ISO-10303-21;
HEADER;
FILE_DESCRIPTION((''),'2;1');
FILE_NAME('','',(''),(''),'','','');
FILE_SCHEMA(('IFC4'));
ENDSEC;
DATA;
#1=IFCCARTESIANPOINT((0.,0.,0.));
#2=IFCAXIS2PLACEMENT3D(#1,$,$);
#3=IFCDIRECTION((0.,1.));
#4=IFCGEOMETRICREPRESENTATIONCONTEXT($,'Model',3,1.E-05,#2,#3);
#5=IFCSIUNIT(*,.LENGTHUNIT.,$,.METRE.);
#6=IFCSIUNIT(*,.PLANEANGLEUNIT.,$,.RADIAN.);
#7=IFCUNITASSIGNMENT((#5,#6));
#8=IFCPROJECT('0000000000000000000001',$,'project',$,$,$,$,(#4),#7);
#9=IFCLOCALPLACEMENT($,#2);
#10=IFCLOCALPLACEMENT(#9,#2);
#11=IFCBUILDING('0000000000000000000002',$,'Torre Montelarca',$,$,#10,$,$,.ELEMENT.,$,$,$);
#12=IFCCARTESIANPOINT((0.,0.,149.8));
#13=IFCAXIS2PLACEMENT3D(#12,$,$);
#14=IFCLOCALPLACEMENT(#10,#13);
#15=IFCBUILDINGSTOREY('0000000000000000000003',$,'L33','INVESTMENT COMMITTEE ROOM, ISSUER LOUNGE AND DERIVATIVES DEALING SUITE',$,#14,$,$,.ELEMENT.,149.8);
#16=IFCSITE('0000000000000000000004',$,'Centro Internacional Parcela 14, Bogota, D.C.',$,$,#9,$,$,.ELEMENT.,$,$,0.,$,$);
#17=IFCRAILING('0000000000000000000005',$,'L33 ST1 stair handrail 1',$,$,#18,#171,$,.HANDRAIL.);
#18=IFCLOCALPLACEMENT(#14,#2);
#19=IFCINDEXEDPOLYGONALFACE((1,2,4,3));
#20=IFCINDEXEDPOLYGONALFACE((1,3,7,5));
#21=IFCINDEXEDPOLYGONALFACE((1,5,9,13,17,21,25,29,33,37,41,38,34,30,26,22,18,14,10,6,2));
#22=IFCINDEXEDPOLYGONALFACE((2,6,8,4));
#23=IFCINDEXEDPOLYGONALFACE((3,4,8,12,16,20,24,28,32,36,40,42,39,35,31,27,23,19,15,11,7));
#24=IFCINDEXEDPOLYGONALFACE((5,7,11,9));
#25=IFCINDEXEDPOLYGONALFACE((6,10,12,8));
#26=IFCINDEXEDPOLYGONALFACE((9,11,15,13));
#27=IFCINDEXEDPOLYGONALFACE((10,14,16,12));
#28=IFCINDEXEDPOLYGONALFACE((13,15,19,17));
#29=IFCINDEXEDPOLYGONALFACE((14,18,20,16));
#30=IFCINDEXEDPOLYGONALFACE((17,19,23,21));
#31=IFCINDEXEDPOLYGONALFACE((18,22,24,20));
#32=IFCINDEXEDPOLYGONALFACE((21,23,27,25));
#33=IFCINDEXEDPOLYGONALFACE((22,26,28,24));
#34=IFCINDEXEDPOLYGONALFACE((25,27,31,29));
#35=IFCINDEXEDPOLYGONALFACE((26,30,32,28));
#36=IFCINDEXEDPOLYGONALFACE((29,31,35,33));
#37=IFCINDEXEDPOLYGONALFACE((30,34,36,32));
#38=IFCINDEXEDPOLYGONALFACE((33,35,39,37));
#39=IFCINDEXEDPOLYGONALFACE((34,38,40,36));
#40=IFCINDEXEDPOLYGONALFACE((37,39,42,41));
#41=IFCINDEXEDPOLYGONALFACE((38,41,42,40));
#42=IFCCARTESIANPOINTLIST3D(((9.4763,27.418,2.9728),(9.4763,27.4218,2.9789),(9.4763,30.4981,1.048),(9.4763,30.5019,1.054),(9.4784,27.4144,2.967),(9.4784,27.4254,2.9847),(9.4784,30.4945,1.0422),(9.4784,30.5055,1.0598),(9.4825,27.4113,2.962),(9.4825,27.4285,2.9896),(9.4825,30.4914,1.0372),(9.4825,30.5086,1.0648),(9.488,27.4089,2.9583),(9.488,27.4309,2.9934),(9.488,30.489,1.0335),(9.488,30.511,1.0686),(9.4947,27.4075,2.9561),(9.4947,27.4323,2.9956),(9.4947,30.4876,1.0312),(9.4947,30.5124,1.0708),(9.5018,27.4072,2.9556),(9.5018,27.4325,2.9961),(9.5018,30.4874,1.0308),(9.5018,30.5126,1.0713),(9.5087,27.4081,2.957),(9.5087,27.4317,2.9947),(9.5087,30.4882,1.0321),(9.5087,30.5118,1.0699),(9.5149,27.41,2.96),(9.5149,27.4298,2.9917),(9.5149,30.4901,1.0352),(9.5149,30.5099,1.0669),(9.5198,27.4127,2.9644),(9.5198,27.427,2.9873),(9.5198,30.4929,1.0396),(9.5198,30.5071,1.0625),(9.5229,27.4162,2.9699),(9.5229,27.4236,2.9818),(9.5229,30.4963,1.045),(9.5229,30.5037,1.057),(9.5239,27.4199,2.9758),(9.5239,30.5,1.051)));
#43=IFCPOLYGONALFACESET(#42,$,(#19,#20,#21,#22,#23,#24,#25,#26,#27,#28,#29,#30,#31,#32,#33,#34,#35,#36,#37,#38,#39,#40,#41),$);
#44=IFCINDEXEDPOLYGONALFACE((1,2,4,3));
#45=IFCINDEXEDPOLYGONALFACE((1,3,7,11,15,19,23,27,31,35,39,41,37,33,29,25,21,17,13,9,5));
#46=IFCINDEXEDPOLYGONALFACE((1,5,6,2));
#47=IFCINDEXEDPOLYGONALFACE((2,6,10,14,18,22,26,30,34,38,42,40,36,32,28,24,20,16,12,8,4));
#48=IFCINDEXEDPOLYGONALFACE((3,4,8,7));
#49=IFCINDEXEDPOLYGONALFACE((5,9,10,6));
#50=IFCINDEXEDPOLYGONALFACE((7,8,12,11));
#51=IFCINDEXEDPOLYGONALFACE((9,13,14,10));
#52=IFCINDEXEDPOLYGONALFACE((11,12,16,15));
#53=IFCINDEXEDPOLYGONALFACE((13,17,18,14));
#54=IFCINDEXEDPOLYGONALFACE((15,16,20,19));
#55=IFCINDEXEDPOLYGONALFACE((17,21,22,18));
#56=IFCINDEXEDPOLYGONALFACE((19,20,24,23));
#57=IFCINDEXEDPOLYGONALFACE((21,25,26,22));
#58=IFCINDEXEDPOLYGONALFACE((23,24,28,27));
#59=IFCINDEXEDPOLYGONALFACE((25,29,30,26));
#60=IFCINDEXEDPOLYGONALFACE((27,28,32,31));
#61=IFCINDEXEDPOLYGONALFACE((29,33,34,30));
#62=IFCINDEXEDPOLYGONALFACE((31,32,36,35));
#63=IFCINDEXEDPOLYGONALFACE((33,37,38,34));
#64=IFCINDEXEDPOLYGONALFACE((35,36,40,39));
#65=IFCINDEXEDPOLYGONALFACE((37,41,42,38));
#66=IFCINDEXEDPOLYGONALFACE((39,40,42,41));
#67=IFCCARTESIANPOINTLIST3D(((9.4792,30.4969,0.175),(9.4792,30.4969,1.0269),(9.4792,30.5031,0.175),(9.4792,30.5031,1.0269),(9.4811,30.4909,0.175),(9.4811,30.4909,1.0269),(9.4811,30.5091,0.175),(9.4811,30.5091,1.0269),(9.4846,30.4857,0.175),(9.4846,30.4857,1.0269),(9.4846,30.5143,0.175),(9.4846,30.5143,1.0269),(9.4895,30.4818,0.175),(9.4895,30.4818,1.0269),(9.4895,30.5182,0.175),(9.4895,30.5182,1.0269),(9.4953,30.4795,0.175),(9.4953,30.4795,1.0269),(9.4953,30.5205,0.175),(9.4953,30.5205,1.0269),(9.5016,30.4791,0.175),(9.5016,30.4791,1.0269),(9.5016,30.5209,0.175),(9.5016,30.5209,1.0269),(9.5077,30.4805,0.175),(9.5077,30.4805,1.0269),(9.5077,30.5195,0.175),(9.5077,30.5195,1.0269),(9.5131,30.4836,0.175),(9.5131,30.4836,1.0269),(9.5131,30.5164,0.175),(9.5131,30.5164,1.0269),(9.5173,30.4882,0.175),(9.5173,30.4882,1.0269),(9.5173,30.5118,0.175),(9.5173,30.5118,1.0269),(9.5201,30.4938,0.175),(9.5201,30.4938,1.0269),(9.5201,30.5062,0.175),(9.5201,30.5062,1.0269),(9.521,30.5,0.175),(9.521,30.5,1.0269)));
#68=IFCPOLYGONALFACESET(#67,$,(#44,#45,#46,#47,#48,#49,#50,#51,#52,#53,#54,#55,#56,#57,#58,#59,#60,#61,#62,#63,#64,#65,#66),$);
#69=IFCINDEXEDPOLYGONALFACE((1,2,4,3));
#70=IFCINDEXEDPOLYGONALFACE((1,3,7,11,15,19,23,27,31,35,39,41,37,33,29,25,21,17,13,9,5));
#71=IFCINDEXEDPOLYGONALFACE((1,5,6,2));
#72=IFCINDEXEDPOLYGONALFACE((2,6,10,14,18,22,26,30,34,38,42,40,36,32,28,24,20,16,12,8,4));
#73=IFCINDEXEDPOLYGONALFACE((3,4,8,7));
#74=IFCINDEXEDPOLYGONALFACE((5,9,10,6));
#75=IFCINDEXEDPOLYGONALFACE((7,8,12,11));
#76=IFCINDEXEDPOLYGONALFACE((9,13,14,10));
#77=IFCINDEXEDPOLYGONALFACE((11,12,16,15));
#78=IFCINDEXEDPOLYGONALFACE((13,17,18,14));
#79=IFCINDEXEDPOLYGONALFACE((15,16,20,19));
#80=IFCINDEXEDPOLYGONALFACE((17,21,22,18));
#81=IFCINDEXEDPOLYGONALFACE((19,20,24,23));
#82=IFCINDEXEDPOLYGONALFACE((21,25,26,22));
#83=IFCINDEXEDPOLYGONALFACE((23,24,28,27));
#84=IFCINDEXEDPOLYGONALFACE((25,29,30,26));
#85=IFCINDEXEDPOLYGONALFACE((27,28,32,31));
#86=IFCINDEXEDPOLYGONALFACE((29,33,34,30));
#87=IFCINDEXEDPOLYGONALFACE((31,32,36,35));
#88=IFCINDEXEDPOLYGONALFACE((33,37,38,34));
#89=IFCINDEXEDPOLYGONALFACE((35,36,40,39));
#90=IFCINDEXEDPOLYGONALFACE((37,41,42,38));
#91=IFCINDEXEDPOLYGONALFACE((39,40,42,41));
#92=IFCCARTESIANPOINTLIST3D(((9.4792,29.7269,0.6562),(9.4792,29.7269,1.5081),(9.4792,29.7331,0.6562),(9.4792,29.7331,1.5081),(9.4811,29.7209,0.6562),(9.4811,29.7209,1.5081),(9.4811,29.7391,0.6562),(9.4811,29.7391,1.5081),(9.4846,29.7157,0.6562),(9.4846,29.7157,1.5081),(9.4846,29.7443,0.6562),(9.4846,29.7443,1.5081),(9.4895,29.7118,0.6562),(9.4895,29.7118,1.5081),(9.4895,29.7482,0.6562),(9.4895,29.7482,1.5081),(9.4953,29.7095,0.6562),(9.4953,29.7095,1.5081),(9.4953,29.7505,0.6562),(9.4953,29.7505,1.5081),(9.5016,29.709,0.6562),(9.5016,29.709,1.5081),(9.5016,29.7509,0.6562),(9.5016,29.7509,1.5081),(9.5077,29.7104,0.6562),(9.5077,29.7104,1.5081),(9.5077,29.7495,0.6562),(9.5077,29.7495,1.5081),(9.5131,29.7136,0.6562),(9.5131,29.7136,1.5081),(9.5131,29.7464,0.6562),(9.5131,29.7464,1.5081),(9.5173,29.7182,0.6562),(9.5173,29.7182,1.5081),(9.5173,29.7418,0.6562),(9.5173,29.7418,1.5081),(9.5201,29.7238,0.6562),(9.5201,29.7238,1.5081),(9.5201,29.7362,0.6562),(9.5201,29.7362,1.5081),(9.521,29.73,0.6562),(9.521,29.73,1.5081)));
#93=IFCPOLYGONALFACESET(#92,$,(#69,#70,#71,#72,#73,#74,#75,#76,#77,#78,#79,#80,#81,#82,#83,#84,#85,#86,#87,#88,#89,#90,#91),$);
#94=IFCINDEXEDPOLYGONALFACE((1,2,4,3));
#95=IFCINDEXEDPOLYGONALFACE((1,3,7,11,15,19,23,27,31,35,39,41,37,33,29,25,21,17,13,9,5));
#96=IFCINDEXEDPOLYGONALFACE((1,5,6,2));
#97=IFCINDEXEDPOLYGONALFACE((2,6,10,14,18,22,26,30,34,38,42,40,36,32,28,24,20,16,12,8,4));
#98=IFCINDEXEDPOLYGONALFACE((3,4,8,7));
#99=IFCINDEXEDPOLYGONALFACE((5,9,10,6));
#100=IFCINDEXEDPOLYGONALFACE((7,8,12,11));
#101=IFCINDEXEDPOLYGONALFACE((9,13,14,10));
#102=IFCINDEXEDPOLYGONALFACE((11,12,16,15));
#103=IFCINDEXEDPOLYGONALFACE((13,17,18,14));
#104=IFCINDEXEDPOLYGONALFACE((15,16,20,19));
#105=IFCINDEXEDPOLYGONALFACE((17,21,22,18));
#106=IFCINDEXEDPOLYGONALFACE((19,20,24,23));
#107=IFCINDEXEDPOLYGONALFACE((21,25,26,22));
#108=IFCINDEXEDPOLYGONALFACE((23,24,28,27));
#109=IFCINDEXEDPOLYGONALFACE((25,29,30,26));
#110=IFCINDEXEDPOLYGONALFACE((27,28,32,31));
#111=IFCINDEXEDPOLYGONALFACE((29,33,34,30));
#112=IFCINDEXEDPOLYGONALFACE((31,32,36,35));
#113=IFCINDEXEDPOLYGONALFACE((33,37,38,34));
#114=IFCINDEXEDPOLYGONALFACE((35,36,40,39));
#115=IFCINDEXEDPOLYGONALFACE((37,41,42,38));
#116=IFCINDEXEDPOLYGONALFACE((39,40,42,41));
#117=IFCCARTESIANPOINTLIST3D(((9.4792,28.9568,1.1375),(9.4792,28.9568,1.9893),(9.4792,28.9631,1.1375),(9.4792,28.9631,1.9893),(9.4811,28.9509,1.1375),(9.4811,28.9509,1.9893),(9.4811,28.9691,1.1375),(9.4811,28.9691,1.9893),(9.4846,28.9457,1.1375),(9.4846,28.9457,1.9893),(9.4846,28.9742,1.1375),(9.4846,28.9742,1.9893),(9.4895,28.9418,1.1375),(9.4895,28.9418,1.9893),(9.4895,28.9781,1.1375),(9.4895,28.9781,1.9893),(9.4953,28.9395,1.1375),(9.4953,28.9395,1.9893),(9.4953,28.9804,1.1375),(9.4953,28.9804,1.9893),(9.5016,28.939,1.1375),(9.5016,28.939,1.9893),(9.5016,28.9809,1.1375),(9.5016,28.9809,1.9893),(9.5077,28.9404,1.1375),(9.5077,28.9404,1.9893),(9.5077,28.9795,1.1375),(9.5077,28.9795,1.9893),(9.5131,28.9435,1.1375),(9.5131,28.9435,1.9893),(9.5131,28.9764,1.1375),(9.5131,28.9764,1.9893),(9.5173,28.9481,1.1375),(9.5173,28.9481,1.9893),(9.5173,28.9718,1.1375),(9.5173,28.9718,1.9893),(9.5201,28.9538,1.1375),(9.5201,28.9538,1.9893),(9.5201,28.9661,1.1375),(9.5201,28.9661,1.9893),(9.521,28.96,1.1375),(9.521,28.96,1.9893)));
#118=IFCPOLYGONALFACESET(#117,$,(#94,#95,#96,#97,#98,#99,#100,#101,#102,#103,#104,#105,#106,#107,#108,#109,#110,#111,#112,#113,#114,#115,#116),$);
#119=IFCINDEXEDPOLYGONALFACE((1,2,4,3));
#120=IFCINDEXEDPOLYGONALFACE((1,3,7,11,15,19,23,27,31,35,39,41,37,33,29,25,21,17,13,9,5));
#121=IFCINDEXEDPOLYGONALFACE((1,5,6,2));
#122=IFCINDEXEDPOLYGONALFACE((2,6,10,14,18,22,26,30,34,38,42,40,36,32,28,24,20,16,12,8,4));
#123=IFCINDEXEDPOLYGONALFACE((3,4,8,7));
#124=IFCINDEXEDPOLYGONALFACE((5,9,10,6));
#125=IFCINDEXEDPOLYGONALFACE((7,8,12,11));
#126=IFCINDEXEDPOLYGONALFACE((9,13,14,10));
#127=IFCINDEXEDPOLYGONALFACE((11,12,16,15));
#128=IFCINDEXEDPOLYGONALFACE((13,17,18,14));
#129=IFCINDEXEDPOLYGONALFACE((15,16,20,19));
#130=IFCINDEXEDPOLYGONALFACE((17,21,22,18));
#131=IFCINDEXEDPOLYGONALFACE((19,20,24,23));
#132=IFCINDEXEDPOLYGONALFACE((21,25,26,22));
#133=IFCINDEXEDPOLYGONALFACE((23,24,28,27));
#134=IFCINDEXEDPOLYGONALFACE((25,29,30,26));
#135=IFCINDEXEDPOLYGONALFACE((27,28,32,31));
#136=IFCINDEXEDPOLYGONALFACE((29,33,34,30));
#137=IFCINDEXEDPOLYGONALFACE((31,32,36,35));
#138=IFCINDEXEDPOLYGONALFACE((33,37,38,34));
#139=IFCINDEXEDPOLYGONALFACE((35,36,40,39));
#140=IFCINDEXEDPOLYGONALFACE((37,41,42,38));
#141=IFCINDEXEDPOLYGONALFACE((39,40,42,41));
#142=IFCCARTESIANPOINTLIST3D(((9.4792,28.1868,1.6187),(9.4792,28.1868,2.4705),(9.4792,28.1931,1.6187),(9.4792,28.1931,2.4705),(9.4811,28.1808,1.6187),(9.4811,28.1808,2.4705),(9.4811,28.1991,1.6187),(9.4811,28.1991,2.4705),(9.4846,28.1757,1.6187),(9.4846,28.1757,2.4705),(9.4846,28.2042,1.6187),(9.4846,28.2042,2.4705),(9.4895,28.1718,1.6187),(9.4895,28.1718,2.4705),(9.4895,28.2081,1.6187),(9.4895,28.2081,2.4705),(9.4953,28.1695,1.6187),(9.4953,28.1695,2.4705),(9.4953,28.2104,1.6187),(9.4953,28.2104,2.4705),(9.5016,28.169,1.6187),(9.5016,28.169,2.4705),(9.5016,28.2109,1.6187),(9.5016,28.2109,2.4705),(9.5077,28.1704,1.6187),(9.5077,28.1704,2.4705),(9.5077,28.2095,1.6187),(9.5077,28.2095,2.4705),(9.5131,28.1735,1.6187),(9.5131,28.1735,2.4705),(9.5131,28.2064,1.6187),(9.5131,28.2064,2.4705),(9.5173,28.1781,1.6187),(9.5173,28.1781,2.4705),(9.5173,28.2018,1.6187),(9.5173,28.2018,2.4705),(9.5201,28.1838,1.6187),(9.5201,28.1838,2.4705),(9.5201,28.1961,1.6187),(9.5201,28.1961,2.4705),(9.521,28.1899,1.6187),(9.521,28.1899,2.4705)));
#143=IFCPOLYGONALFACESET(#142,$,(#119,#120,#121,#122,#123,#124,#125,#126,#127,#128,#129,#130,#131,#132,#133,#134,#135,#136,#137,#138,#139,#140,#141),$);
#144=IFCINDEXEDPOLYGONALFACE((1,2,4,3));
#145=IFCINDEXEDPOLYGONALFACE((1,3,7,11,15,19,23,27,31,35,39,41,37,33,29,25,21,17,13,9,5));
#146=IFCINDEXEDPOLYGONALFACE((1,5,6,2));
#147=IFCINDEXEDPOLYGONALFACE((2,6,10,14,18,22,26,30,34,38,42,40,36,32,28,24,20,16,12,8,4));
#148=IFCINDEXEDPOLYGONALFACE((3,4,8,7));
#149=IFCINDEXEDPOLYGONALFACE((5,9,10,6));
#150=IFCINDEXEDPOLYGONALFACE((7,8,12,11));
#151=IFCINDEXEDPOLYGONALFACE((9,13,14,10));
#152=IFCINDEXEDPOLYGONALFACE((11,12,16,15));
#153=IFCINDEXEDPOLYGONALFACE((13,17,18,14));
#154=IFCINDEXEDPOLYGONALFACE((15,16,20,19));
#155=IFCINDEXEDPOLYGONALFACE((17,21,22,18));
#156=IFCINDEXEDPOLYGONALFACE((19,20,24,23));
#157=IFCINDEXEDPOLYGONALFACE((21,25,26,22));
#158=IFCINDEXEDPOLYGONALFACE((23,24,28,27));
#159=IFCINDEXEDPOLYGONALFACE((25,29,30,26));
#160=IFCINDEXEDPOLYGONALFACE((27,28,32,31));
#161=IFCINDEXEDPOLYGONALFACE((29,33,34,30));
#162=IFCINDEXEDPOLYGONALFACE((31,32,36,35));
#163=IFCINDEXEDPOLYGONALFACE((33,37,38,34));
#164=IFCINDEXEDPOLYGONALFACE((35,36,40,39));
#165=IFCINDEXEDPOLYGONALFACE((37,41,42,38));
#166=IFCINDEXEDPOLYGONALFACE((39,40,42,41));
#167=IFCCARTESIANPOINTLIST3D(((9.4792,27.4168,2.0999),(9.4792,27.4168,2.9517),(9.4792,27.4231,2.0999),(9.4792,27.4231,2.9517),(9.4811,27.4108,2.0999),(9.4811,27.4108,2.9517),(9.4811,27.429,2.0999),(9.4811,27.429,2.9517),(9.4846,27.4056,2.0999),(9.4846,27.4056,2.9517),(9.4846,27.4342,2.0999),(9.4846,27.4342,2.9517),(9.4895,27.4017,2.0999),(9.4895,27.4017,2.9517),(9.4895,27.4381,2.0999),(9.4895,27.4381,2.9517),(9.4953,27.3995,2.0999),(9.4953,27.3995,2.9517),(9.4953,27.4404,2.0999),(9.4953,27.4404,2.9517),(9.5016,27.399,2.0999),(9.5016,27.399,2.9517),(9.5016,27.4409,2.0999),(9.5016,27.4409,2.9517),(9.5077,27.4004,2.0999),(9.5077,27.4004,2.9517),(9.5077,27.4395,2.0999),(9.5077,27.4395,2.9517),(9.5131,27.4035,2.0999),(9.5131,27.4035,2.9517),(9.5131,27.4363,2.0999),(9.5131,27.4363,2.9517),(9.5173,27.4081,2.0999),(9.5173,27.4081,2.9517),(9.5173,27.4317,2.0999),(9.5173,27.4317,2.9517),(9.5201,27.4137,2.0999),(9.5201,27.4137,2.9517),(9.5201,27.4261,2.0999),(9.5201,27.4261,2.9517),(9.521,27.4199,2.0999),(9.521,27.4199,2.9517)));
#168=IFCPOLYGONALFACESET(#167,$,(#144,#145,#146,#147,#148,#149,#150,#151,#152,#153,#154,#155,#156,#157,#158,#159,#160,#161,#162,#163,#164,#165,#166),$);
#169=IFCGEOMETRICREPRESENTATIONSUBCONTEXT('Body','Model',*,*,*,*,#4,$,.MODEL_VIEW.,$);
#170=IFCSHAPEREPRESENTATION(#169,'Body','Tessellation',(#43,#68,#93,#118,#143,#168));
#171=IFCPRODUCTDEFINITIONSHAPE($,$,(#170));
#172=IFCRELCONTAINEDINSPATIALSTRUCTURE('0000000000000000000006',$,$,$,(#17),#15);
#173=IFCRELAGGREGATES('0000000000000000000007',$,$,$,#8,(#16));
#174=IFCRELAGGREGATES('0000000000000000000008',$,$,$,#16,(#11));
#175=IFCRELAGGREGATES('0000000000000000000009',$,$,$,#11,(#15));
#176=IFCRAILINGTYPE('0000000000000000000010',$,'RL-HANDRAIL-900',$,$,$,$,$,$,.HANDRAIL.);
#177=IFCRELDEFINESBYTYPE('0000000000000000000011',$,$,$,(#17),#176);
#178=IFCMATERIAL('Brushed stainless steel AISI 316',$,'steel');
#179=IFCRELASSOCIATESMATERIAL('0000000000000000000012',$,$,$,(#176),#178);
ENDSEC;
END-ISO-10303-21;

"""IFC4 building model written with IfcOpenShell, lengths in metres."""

from ifc_helpers import new_model, si_unit, direction, frame, origin, origin_2d, place, context, subcontext, project, spatial, circle, extrude, material, type_object, element, save


model = new_model("IFC4")

# Units and contexts
model_context = context("Model", 3, precision=1e-05, world=origin(), true_north=direction((0.0, 1.0)))
body_context = subcontext(model_context, "Body", "Model", "MODEL_VIEW")
ifc_project = project(units=[si_unit("LENGTHUNIT", "METRE"), si_unit("PLANEANGLEUNIT", "RADIAN")], contexts=[model_context])

# Site, building, storey
site_placement = place(None, origin())
site = spatial("IfcSite", under=ifc_project, at=site_placement, Name="Centro Internacional Parcela 14, Bogota, D.C.", CompositionType="ELEMENT", RefElevation=0.0)
building_placement = place(site_placement, origin())
building = spatial("IfcBuilding", under=site, at=building_placement, Name="Torre Montelarca", CompositionType="ELEMENT")
storey_placement = place(building_placement, frame((0.0, 0.0, 149.8)))
storey = spatial("IfcBuildingStorey", under=building, at=storey_placement, Name="L33", Description="INVESTMENT COMMITTEE ROOM, ISSUER LOUNGE AND DERIVATIVES DEALING SUITE", CompositionType="ELEMENT", Elevation=149.8)

# Railing
ifc_material_1 = material(Name="Brushed stainless steel AISI 316", Category="steel")
railing_type_1 = type_object("IfcRailingType", Name="RL-HANDRAIL-900", PredefinedType="HANDRAIL", material=ifc_material_1)
railing_1_placement = place(storey_placement, frame((9.5, 30.5, 0.175)))
element("IfcRailing", 1, at=railing_1_placement, inside=storey, type_object=railing_type_1, Name="L33 ST1 stair handrail 1", PredefinedType="HANDRAIL", context=body_context, shape_type="SweptSolid", body=[
    extrude(circle(Radius=0.0239, at=origin_2d()), frame((0.0, 0.0, 0.876), z_axis=(0.0, -0.848029, 0.529951), x_axis=(1.0, 0.0, 0.0)), (0.0, 0.0, 1.0), 3.6321),
    extrude(circle(Radius=0.021, at=origin_2d()), origin(), (0.0, 0.0, 1.0), 0.8518),
    extrude(circle(Radius=0.021, at=origin_2d()), frame((0.0, -0.77, 0.4812)), (0.0, 0.0, 1.0), 0.8518),
    extrude(circle(Radius=0.021, at=origin_2d()), frame((0.0, -1.54, 0.9624)), (0.0, 0.0, 1.0), 0.8518),
    extrude(circle(Radius=0.021, at=origin_2d()), frame((0.0, -2.3101, 1.4436)), (0.0, 0.0, 1.0), 0.8518),
    extrude(circle(Radius=0.021, at=origin_2d()), frame((0.0, -3.0801, 1.9248)), (0.0, 0.0, 1.0), 0.8518),
])

save(model, "model.ifc")
